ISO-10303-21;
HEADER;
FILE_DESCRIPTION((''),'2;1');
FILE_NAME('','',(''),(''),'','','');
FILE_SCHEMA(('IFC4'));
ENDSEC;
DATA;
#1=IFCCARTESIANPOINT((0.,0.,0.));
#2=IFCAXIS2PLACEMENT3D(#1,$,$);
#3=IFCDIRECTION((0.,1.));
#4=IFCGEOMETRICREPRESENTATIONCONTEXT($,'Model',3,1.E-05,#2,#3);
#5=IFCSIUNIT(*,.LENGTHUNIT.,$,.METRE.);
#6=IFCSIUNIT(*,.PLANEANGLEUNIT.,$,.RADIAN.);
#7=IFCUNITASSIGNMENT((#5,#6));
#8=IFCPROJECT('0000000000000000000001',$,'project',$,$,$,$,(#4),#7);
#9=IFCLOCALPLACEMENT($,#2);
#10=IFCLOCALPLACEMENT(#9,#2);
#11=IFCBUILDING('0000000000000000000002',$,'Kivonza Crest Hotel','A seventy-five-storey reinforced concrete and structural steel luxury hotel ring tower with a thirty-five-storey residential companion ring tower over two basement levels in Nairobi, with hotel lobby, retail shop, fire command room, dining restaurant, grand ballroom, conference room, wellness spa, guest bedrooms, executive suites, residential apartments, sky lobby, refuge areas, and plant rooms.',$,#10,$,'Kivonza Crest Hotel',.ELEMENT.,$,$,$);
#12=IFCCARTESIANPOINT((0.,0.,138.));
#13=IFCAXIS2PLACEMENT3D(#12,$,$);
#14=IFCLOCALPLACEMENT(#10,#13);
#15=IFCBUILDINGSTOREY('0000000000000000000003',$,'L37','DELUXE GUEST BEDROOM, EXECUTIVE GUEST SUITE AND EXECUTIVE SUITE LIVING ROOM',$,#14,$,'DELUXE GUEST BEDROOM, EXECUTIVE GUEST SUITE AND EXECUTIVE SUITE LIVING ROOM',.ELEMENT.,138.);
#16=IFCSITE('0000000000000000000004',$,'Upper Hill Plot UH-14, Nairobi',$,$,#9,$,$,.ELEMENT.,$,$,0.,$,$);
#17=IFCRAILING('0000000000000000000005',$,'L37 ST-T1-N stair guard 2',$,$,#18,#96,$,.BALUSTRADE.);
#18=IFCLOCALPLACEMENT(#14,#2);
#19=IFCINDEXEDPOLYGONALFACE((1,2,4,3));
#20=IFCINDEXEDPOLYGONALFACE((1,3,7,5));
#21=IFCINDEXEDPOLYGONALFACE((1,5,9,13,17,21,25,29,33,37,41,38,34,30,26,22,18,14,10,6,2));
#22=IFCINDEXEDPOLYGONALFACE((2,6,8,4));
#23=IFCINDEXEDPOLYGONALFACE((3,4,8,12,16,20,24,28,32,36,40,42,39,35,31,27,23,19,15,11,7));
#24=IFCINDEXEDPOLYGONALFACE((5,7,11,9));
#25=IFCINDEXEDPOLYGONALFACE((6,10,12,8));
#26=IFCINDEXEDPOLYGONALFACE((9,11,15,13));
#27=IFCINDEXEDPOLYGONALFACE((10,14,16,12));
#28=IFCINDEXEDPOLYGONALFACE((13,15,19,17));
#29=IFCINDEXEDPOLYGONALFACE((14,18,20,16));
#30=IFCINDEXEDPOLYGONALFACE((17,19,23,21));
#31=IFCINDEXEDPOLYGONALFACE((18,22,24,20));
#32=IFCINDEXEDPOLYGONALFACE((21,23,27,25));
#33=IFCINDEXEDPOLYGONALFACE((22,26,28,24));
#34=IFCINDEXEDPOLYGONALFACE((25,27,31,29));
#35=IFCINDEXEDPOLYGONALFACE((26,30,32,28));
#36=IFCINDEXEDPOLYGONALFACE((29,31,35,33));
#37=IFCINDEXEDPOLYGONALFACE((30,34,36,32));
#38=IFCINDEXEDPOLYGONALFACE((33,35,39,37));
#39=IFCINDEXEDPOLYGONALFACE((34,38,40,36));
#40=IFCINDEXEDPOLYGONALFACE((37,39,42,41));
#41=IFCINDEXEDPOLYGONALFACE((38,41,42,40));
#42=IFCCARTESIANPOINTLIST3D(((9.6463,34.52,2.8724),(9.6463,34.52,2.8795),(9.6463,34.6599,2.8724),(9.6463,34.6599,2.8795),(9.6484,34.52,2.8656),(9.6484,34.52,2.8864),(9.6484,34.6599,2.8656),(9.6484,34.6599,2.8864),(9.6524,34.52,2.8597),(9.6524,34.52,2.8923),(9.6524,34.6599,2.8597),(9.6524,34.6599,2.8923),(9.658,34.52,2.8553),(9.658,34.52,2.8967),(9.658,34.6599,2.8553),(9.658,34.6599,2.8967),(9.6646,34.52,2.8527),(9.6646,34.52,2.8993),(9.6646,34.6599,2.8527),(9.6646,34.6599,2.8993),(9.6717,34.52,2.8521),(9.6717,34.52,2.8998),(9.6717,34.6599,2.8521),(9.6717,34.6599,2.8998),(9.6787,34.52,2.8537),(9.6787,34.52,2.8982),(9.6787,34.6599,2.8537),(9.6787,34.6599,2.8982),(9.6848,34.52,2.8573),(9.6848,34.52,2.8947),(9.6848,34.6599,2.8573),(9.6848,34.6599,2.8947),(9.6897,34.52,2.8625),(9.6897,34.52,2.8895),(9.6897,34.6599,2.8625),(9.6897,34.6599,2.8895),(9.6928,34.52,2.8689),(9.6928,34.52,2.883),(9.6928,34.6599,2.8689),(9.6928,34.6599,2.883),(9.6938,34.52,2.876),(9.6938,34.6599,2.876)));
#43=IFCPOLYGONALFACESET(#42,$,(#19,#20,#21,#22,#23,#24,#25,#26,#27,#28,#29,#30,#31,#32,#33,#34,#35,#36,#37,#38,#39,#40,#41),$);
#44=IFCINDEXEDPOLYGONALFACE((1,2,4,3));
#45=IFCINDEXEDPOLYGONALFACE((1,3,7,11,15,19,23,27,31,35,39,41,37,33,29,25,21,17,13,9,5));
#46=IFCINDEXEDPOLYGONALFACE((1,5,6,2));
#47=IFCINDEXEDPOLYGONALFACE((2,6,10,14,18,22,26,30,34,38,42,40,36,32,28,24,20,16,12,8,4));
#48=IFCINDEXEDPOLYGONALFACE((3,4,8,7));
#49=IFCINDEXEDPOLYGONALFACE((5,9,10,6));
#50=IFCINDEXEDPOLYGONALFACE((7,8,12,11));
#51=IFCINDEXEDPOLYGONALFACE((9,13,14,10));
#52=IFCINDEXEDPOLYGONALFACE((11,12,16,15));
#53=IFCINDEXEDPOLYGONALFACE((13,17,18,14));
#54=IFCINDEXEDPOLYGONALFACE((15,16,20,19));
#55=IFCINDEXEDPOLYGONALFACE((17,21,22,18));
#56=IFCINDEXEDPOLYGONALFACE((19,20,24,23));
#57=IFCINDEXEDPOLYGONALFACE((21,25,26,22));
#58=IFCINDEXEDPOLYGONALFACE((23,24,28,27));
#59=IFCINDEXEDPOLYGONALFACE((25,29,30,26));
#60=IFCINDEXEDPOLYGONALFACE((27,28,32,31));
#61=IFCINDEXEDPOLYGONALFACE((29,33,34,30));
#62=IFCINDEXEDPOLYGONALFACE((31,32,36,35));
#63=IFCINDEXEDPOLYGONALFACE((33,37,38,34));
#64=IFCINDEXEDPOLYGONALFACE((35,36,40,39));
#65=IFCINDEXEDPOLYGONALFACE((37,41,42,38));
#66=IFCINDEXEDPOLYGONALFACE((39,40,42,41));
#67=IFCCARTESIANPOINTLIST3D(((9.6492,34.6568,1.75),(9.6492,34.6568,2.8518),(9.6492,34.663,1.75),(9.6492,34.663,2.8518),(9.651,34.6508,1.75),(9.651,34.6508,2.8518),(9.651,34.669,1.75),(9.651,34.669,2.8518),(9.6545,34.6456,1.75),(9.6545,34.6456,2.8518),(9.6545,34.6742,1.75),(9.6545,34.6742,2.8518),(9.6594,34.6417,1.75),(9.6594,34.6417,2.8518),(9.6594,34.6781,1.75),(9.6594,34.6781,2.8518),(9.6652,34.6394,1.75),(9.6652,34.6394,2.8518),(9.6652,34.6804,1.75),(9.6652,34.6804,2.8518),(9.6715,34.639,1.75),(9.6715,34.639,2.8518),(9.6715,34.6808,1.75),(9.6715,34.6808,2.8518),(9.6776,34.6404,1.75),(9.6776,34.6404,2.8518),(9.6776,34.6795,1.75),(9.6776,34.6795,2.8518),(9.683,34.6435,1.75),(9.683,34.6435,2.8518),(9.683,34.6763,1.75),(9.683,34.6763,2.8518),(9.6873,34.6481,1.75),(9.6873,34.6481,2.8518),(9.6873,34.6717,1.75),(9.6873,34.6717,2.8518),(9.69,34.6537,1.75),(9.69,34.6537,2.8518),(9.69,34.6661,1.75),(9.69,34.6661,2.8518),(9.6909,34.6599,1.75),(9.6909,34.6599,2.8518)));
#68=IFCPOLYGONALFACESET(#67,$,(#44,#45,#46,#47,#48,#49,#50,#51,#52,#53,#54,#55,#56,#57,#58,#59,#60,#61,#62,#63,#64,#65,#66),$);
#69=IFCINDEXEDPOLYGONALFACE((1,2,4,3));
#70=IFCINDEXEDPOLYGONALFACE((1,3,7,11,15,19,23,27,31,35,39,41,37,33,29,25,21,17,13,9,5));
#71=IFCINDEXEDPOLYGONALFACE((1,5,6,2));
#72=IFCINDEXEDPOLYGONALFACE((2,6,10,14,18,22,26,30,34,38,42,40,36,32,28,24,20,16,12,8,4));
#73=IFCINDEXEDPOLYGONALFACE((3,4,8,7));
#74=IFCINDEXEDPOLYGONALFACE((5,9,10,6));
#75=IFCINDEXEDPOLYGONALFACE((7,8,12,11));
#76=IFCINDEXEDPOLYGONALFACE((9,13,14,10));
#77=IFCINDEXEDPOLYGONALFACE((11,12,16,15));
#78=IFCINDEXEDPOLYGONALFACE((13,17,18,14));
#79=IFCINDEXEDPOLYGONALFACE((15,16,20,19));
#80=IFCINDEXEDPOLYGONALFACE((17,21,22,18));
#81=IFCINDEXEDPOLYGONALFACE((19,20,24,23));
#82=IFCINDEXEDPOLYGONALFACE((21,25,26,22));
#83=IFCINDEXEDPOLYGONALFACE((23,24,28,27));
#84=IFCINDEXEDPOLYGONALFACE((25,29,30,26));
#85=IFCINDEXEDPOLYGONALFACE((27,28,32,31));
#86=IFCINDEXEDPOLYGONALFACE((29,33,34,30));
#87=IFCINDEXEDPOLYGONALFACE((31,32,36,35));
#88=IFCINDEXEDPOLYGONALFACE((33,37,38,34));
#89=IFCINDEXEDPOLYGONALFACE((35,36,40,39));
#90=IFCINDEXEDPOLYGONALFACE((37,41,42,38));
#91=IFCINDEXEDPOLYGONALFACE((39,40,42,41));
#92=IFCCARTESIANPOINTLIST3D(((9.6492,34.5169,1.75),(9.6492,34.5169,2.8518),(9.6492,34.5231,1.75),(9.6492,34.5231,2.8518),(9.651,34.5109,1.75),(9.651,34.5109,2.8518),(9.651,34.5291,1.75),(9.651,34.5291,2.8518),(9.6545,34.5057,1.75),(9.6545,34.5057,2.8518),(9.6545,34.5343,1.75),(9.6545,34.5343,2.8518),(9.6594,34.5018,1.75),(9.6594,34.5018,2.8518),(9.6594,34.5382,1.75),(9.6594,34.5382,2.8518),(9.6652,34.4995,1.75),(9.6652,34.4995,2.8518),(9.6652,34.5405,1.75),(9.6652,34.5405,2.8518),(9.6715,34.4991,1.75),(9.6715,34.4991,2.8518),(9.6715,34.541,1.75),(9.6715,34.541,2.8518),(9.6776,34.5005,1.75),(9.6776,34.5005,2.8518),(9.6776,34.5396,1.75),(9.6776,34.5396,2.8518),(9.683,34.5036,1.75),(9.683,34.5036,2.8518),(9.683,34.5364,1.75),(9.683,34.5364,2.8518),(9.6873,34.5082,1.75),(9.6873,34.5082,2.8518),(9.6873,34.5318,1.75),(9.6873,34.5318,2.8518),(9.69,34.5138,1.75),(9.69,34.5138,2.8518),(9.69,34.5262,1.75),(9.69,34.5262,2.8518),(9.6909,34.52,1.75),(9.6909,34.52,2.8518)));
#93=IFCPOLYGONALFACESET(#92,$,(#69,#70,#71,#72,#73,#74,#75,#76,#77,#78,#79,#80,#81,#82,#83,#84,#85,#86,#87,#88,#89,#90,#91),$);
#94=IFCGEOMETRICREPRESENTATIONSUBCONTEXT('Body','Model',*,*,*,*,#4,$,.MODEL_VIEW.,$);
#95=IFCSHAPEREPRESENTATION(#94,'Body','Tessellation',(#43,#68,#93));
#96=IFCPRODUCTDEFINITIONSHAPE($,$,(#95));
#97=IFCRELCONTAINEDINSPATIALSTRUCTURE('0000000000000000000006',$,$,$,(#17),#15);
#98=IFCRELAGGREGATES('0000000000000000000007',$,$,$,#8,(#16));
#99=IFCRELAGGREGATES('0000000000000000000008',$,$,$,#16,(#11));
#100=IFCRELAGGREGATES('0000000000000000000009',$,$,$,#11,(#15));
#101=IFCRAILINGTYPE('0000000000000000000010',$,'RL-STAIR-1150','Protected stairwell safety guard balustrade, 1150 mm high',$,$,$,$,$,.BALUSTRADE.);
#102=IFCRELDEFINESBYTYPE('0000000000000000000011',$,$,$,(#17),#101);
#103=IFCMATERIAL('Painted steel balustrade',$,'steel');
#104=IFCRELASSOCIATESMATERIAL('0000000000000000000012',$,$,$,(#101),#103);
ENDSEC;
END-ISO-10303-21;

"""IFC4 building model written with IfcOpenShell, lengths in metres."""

from ifc_helpers import new_model, si_unit, direction, frame, origin, origin_2d, place, context, subcontext, project, spatial, circle, extrude, material, type_object, element, save


model = new_model("IFC4")

# Units and contexts
model_context = context("Model", 3, precision=1e-05, world=origin(), true_north=direction((0.0, 1.0)))
body_context = subcontext(model_context, "Body", "Model", "MODEL_VIEW")
ifc_project = project(units=[si_unit("LENGTHUNIT", "METRE"), si_unit("PLANEANGLEUNIT", "RADIAN")], contexts=[model_context])

# Site, building, storey
site_placement = place(None, origin())
site = spatial("IfcSite", under=ifc_project, at=site_placement, Name="Upper Hill Plot UH-14, Nairobi", CompositionType="ELEMENT", RefElevation=0.0)
building_placement = place(site_placement, origin())
building = spatial("IfcBuilding", under=site, at=building_placement, Name="Kivonza Crest Hotel", Description="A seventy-five-storey reinforced concrete and structural steel luxury hotel ring tower with a thirty-five-storey residential companion ring tower over two basement levels in Nairobi, with hotel lobby, retail shop, fire command room, dining restaurant, grand ballroom, conference room, wellness spa, guest bedrooms, executive suites, residential apartments, sky lobby, refuge areas, and plant rooms.", LongName="Kivonza Crest Hotel", CompositionType="ELEMENT")
storey_placement = place(building_placement, frame((0.0, 0.0, 138.0)))
storey = spatial("IfcBuildingStorey", under=building, at=storey_placement, Name="L37", Description="DELUXE GUEST BEDROOM, EXECUTIVE GUEST SUITE AND EXECUTIVE SUITE LIVING ROOM", LongName="DELUXE GUEST BEDROOM, EXECUTIVE GUEST SUITE AND EXECUTIVE SUITE LIVING ROOM", CompositionType="ELEMENT", Elevation=138.0)

# Railing
ifc_material_1 = material(Name="Painted steel balustrade", Category="steel")
railing_type_1 = type_object("IfcRailingType", Name="RL-STAIR-1150", Description="Protected stairwell safety guard balustrade, 1150 mm high", PredefinedType="BALUSTRADE", material=ifc_material_1)
railing_1_placement = place(storey_placement, frame((9.6699, 34.6599, 1.75)))
element("IfcRailing", 1, at=railing_1_placement, inside=storey, type_object=railing_type_1, Name="L37 ST-T1-N stair guard 2", PredefinedType="BALUSTRADE", context=body_context, shape_type="SweptSolid", body=[
    extrude(circle(Radius=0.0239, at=origin_2d()), frame((0.0, 0.0, 1.126), z_axis=(0.0, -1.0, 0.0), x_axis=(1.0, 0.0, 0.0)), (0.0, 0.0, 1.0), 0.1399),
    extrude(circle(Radius=0.021, at=origin_2d()), origin(), (0.0, 0.0, 1.0), 1.1018),
    extrude(circle(Radius=0.021, at=origin_2d()), frame((0.0, -0.1399, 0.0)), (0.0, 0.0, 1.0), 1.1018),
])

save(model, "model.ifc")
